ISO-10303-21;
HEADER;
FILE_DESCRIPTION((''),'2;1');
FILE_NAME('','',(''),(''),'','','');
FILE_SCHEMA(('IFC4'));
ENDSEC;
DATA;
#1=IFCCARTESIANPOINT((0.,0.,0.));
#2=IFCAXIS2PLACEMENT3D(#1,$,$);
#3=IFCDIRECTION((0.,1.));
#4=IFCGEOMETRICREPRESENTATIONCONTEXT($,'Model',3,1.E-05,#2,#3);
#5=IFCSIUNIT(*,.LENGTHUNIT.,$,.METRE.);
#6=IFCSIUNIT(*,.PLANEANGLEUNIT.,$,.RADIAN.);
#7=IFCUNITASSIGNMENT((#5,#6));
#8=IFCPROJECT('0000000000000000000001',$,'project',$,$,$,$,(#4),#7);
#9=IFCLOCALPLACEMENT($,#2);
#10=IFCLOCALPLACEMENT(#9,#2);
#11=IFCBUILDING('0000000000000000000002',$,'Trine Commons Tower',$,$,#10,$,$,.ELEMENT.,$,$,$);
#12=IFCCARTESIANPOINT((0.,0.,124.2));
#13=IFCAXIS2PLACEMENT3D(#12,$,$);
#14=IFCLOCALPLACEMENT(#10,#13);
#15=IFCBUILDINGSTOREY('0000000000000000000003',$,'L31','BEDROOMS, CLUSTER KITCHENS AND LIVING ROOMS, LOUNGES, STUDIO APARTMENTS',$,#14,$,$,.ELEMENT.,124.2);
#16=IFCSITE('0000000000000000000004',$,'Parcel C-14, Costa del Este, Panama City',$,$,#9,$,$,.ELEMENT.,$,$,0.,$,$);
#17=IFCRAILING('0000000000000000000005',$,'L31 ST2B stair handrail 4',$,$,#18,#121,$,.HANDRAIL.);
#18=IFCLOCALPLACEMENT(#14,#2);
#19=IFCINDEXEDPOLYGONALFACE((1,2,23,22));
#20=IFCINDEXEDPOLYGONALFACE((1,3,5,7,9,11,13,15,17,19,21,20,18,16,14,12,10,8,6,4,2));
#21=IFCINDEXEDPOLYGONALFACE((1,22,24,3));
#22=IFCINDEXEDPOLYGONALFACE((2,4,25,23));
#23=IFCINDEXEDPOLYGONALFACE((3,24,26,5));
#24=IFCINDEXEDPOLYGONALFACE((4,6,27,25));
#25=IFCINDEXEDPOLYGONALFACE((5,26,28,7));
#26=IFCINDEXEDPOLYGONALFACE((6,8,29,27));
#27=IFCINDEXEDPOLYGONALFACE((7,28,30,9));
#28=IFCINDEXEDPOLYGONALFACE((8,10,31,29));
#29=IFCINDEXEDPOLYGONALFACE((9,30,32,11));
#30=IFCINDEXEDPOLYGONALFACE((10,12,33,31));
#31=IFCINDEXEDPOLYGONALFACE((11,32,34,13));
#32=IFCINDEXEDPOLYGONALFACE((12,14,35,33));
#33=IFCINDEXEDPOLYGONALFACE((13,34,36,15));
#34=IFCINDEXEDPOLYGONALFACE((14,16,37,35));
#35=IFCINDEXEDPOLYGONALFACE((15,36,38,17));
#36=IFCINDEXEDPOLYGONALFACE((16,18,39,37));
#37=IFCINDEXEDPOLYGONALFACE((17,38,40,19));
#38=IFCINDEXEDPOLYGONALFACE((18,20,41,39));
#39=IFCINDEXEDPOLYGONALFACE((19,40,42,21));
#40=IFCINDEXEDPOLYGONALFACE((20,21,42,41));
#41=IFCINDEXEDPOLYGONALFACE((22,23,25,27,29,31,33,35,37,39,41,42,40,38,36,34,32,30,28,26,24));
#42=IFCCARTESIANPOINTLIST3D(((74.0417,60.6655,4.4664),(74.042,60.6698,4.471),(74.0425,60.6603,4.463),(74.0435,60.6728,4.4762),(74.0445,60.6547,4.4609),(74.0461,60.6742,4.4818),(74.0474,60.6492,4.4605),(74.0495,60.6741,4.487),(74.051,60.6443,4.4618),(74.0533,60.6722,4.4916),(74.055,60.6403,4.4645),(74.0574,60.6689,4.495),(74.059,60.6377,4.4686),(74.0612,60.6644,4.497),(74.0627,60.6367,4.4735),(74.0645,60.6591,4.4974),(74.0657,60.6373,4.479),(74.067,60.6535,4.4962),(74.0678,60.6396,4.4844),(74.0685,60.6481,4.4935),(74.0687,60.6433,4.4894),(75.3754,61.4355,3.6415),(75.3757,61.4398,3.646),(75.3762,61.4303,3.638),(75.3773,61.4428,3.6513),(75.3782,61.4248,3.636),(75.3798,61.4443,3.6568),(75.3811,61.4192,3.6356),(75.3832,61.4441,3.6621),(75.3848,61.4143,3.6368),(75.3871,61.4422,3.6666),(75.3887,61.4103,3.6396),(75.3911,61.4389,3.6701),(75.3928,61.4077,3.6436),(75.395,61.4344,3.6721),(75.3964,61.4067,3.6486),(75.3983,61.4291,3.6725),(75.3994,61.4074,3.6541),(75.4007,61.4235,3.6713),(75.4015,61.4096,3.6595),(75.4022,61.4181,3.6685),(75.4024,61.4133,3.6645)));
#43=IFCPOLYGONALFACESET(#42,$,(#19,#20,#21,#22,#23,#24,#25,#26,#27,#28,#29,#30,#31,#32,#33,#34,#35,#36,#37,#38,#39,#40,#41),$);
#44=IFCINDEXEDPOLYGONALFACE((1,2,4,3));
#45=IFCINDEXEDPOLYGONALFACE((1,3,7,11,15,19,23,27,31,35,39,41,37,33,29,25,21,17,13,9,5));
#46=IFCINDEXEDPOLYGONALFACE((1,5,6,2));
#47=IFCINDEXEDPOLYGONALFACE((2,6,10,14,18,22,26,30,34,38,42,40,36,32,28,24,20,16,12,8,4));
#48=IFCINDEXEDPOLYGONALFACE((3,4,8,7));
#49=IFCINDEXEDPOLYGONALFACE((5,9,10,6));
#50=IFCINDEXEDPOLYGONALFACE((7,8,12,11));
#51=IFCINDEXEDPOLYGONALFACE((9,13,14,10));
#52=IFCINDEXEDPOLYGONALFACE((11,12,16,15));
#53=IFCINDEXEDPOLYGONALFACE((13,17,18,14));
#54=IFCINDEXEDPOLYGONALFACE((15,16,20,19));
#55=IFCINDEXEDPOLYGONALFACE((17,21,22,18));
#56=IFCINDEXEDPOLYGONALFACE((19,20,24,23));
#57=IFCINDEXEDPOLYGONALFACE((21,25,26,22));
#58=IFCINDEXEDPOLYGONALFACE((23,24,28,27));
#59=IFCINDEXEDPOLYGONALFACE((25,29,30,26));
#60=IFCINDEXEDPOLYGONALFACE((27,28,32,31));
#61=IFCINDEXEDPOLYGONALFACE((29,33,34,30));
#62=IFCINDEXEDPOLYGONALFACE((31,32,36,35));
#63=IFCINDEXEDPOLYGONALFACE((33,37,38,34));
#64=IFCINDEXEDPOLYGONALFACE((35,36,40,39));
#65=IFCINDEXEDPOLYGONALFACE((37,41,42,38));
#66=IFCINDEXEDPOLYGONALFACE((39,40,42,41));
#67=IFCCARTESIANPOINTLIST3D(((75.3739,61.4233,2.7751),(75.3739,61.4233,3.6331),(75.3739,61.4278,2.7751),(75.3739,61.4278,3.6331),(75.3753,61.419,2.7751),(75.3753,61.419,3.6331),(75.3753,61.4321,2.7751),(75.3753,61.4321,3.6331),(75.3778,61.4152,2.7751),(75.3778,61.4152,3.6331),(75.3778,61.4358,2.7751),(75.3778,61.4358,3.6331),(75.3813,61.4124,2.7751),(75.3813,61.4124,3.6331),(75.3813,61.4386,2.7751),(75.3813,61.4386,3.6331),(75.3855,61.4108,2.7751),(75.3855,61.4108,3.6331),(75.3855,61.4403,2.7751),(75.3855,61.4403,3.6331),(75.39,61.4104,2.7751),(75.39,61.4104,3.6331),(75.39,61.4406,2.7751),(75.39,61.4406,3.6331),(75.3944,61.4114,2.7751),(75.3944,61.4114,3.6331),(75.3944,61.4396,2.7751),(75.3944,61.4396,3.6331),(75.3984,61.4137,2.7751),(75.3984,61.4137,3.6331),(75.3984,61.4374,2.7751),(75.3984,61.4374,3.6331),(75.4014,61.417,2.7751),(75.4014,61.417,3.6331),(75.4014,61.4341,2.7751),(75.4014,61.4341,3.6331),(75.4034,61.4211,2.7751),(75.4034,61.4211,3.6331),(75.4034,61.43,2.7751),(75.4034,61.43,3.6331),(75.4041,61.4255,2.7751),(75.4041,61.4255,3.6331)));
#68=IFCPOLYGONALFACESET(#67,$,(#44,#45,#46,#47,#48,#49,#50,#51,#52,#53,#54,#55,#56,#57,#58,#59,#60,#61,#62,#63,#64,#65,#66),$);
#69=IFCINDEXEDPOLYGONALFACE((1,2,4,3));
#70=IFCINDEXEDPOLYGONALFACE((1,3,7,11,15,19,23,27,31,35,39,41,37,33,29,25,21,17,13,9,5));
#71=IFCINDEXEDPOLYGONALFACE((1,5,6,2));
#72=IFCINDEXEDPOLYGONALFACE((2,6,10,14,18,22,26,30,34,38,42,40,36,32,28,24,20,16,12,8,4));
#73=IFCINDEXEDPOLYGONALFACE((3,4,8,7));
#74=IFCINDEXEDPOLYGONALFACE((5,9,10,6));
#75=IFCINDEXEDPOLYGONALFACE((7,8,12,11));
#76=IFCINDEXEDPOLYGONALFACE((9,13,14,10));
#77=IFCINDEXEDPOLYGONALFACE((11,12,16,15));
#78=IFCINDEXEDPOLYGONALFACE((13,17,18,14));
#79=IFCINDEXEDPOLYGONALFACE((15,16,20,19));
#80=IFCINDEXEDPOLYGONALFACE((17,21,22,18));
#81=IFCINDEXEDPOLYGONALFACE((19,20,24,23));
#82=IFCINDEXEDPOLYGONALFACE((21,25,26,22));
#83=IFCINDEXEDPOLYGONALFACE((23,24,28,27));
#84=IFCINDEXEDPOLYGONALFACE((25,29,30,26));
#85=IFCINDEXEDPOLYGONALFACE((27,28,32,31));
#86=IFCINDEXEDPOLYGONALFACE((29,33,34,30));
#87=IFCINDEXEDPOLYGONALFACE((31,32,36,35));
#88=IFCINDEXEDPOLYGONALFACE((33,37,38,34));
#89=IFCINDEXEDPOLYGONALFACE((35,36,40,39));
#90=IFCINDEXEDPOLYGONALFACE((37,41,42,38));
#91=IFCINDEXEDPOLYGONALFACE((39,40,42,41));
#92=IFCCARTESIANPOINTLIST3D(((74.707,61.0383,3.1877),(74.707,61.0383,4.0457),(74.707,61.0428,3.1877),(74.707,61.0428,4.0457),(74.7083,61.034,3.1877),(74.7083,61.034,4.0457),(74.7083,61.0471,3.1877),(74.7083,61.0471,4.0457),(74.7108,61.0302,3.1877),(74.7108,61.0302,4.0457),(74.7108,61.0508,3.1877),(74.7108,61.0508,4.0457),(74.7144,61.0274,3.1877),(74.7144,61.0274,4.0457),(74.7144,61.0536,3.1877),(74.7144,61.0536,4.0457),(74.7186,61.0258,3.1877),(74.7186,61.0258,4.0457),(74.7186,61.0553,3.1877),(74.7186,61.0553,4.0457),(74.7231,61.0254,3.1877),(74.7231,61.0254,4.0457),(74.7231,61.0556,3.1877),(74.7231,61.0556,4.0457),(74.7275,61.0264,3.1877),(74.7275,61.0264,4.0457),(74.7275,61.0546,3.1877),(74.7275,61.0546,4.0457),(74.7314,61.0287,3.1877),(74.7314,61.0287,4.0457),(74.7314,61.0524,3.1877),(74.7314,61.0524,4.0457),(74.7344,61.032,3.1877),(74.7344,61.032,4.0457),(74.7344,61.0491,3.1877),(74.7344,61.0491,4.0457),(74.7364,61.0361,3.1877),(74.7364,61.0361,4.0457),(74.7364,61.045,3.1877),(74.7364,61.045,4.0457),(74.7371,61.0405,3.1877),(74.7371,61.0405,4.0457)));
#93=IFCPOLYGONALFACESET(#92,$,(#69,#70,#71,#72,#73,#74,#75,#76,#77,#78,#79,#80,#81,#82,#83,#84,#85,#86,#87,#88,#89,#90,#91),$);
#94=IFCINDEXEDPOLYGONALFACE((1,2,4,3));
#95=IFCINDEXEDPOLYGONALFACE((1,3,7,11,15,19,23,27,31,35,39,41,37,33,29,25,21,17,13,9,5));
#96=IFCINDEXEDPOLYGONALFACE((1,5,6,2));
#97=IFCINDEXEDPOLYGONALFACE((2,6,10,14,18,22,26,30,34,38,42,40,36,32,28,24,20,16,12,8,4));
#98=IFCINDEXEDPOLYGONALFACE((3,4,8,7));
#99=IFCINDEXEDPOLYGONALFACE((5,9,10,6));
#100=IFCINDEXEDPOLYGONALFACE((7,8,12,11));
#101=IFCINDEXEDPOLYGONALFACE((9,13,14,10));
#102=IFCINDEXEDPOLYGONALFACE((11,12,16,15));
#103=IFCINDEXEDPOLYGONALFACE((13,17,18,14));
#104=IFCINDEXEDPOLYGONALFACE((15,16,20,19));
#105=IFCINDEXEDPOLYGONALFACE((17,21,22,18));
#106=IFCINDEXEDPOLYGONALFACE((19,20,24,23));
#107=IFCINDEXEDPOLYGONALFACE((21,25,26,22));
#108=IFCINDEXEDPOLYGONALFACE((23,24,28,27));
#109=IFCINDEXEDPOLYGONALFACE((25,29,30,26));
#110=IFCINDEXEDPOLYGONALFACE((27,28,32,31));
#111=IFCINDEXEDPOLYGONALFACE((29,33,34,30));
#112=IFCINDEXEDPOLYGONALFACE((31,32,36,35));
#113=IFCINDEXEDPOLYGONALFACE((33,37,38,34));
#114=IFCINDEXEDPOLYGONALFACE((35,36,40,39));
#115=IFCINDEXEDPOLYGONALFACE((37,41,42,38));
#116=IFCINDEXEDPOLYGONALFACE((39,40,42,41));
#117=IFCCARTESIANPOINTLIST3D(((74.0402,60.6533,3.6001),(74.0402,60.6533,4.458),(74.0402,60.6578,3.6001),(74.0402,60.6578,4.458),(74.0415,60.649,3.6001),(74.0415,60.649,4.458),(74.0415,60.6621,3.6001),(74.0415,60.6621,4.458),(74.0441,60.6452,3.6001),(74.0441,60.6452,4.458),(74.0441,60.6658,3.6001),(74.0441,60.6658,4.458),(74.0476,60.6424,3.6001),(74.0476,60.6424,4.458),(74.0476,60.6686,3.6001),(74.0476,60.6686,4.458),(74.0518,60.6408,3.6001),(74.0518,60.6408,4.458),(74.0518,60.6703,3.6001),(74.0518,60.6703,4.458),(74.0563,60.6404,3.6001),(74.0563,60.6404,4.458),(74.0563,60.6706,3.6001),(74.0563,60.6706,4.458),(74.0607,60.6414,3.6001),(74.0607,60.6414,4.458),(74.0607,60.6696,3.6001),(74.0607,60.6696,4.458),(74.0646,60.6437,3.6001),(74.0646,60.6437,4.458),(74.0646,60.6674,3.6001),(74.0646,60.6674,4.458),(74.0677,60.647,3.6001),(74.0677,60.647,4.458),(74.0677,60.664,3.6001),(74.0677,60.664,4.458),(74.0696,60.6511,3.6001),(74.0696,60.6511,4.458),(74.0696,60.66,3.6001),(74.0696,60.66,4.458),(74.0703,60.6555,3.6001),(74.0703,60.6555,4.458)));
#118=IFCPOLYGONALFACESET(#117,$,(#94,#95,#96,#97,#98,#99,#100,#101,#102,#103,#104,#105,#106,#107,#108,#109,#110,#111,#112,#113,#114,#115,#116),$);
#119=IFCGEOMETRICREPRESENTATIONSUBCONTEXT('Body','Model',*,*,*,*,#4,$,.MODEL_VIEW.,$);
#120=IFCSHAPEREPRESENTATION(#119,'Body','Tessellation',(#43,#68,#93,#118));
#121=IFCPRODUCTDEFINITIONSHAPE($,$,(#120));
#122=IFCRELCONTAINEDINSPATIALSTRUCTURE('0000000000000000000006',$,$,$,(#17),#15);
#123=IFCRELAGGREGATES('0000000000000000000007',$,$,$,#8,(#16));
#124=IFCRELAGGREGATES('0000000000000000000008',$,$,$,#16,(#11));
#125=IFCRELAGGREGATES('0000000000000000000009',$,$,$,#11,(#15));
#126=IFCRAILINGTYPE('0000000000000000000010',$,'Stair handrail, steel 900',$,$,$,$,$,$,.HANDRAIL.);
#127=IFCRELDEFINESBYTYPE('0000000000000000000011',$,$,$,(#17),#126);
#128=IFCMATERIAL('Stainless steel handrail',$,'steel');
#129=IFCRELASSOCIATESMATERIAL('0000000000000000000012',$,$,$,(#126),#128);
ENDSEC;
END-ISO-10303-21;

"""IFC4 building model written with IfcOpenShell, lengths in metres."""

from ifc_helpers import new_model, si_unit, direction, frame, origin, origin_2d, place, context, subcontext, project, spatial, circle, extrude, material, type_object, element, save


model = new_model("IFC4")

# Units and contexts
model_context = context("Model", 3, precision=1e-05, world=origin(), true_north=direction((0.0, 1.0)))
body_context = subcontext(model_context, "Body", "Model", "MODEL_VIEW")
ifc_project = project(units=[si_unit("LENGTHUNIT", "METRE"), si_unit("PLANEANGLEUNIT", "RADIAN")], contexts=[model_context])

# Site, building, storey
site_placement = place(None, origin())
site = spatial("IfcSite", under=ifc_project, at=site_placement, Name="Parcel C-14, Costa del Este, Panama City", CompositionType="ELEMENT", RefElevation=0.0)
building_placement = place(site_placement, origin())
building = spatial("IfcBuilding", under=site, at=building_placement, Name="Trine Commons Tower", CompositionType="ELEMENT")
storey_placement = place(building_placement, frame((0.0, 0.0, 124.2)))
storey = spatial("IfcBuildingStorey", under=building, at=storey_placement, Name="L31", Description="BEDROOMS, CLUSTER KITCHENS AND LIVING ROOMS, LOUNGES, STUDIO APARTMENTS", CompositionType="ELEMENT", Elevation=124.2)

# Railing
ifc_material_1 = material(Name="Stainless steel handrail", Category="steel")
railing_type_1 = type_object("IfcRailingType", Name="Stair handrail, steel 900", PredefinedType="HANDRAIL", material=ifc_material_1)
railing_1_placement = place(storey_placement, frame((75.3889, 61.4255, 2.7751)))
element("IfcRailing", 1, at=railing_1_placement, inside=storey, type_object=railing_type_1, Name="L31 ST2B stair handrail 4", PredefinedType="HANDRAIL", context=body_context, shape_type="SweptSolid", body=[
    extrude(circle(Radius=0.021, at=origin_2d()), frame((0.0, 0.0, 0.8789), z_axis=(-0.763405, -0.440743, 0.472185), x_axis=(0.499992, -0.86603, 0.0)), (0.0, 0.0, 1.0), 1.7471),
    extrude(circle(Radius=0.0151, at=origin_2d()), origin(), (0.0, 0.0, 1.0), 0.8579),
    extrude(circle(Radius=0.0151, at=origin_2d()), frame((-0.667, -0.385, 0.4126)), (0.0, 0.0, 1.0), 0.8579),
    extrude(circle(Radius=0.0151, at=origin_2d()), frame((-1.3337, -0.77, 0.825)), (0.0, 0.0, 1.0), 0.8579),
])

save(model, "model.ifc")
